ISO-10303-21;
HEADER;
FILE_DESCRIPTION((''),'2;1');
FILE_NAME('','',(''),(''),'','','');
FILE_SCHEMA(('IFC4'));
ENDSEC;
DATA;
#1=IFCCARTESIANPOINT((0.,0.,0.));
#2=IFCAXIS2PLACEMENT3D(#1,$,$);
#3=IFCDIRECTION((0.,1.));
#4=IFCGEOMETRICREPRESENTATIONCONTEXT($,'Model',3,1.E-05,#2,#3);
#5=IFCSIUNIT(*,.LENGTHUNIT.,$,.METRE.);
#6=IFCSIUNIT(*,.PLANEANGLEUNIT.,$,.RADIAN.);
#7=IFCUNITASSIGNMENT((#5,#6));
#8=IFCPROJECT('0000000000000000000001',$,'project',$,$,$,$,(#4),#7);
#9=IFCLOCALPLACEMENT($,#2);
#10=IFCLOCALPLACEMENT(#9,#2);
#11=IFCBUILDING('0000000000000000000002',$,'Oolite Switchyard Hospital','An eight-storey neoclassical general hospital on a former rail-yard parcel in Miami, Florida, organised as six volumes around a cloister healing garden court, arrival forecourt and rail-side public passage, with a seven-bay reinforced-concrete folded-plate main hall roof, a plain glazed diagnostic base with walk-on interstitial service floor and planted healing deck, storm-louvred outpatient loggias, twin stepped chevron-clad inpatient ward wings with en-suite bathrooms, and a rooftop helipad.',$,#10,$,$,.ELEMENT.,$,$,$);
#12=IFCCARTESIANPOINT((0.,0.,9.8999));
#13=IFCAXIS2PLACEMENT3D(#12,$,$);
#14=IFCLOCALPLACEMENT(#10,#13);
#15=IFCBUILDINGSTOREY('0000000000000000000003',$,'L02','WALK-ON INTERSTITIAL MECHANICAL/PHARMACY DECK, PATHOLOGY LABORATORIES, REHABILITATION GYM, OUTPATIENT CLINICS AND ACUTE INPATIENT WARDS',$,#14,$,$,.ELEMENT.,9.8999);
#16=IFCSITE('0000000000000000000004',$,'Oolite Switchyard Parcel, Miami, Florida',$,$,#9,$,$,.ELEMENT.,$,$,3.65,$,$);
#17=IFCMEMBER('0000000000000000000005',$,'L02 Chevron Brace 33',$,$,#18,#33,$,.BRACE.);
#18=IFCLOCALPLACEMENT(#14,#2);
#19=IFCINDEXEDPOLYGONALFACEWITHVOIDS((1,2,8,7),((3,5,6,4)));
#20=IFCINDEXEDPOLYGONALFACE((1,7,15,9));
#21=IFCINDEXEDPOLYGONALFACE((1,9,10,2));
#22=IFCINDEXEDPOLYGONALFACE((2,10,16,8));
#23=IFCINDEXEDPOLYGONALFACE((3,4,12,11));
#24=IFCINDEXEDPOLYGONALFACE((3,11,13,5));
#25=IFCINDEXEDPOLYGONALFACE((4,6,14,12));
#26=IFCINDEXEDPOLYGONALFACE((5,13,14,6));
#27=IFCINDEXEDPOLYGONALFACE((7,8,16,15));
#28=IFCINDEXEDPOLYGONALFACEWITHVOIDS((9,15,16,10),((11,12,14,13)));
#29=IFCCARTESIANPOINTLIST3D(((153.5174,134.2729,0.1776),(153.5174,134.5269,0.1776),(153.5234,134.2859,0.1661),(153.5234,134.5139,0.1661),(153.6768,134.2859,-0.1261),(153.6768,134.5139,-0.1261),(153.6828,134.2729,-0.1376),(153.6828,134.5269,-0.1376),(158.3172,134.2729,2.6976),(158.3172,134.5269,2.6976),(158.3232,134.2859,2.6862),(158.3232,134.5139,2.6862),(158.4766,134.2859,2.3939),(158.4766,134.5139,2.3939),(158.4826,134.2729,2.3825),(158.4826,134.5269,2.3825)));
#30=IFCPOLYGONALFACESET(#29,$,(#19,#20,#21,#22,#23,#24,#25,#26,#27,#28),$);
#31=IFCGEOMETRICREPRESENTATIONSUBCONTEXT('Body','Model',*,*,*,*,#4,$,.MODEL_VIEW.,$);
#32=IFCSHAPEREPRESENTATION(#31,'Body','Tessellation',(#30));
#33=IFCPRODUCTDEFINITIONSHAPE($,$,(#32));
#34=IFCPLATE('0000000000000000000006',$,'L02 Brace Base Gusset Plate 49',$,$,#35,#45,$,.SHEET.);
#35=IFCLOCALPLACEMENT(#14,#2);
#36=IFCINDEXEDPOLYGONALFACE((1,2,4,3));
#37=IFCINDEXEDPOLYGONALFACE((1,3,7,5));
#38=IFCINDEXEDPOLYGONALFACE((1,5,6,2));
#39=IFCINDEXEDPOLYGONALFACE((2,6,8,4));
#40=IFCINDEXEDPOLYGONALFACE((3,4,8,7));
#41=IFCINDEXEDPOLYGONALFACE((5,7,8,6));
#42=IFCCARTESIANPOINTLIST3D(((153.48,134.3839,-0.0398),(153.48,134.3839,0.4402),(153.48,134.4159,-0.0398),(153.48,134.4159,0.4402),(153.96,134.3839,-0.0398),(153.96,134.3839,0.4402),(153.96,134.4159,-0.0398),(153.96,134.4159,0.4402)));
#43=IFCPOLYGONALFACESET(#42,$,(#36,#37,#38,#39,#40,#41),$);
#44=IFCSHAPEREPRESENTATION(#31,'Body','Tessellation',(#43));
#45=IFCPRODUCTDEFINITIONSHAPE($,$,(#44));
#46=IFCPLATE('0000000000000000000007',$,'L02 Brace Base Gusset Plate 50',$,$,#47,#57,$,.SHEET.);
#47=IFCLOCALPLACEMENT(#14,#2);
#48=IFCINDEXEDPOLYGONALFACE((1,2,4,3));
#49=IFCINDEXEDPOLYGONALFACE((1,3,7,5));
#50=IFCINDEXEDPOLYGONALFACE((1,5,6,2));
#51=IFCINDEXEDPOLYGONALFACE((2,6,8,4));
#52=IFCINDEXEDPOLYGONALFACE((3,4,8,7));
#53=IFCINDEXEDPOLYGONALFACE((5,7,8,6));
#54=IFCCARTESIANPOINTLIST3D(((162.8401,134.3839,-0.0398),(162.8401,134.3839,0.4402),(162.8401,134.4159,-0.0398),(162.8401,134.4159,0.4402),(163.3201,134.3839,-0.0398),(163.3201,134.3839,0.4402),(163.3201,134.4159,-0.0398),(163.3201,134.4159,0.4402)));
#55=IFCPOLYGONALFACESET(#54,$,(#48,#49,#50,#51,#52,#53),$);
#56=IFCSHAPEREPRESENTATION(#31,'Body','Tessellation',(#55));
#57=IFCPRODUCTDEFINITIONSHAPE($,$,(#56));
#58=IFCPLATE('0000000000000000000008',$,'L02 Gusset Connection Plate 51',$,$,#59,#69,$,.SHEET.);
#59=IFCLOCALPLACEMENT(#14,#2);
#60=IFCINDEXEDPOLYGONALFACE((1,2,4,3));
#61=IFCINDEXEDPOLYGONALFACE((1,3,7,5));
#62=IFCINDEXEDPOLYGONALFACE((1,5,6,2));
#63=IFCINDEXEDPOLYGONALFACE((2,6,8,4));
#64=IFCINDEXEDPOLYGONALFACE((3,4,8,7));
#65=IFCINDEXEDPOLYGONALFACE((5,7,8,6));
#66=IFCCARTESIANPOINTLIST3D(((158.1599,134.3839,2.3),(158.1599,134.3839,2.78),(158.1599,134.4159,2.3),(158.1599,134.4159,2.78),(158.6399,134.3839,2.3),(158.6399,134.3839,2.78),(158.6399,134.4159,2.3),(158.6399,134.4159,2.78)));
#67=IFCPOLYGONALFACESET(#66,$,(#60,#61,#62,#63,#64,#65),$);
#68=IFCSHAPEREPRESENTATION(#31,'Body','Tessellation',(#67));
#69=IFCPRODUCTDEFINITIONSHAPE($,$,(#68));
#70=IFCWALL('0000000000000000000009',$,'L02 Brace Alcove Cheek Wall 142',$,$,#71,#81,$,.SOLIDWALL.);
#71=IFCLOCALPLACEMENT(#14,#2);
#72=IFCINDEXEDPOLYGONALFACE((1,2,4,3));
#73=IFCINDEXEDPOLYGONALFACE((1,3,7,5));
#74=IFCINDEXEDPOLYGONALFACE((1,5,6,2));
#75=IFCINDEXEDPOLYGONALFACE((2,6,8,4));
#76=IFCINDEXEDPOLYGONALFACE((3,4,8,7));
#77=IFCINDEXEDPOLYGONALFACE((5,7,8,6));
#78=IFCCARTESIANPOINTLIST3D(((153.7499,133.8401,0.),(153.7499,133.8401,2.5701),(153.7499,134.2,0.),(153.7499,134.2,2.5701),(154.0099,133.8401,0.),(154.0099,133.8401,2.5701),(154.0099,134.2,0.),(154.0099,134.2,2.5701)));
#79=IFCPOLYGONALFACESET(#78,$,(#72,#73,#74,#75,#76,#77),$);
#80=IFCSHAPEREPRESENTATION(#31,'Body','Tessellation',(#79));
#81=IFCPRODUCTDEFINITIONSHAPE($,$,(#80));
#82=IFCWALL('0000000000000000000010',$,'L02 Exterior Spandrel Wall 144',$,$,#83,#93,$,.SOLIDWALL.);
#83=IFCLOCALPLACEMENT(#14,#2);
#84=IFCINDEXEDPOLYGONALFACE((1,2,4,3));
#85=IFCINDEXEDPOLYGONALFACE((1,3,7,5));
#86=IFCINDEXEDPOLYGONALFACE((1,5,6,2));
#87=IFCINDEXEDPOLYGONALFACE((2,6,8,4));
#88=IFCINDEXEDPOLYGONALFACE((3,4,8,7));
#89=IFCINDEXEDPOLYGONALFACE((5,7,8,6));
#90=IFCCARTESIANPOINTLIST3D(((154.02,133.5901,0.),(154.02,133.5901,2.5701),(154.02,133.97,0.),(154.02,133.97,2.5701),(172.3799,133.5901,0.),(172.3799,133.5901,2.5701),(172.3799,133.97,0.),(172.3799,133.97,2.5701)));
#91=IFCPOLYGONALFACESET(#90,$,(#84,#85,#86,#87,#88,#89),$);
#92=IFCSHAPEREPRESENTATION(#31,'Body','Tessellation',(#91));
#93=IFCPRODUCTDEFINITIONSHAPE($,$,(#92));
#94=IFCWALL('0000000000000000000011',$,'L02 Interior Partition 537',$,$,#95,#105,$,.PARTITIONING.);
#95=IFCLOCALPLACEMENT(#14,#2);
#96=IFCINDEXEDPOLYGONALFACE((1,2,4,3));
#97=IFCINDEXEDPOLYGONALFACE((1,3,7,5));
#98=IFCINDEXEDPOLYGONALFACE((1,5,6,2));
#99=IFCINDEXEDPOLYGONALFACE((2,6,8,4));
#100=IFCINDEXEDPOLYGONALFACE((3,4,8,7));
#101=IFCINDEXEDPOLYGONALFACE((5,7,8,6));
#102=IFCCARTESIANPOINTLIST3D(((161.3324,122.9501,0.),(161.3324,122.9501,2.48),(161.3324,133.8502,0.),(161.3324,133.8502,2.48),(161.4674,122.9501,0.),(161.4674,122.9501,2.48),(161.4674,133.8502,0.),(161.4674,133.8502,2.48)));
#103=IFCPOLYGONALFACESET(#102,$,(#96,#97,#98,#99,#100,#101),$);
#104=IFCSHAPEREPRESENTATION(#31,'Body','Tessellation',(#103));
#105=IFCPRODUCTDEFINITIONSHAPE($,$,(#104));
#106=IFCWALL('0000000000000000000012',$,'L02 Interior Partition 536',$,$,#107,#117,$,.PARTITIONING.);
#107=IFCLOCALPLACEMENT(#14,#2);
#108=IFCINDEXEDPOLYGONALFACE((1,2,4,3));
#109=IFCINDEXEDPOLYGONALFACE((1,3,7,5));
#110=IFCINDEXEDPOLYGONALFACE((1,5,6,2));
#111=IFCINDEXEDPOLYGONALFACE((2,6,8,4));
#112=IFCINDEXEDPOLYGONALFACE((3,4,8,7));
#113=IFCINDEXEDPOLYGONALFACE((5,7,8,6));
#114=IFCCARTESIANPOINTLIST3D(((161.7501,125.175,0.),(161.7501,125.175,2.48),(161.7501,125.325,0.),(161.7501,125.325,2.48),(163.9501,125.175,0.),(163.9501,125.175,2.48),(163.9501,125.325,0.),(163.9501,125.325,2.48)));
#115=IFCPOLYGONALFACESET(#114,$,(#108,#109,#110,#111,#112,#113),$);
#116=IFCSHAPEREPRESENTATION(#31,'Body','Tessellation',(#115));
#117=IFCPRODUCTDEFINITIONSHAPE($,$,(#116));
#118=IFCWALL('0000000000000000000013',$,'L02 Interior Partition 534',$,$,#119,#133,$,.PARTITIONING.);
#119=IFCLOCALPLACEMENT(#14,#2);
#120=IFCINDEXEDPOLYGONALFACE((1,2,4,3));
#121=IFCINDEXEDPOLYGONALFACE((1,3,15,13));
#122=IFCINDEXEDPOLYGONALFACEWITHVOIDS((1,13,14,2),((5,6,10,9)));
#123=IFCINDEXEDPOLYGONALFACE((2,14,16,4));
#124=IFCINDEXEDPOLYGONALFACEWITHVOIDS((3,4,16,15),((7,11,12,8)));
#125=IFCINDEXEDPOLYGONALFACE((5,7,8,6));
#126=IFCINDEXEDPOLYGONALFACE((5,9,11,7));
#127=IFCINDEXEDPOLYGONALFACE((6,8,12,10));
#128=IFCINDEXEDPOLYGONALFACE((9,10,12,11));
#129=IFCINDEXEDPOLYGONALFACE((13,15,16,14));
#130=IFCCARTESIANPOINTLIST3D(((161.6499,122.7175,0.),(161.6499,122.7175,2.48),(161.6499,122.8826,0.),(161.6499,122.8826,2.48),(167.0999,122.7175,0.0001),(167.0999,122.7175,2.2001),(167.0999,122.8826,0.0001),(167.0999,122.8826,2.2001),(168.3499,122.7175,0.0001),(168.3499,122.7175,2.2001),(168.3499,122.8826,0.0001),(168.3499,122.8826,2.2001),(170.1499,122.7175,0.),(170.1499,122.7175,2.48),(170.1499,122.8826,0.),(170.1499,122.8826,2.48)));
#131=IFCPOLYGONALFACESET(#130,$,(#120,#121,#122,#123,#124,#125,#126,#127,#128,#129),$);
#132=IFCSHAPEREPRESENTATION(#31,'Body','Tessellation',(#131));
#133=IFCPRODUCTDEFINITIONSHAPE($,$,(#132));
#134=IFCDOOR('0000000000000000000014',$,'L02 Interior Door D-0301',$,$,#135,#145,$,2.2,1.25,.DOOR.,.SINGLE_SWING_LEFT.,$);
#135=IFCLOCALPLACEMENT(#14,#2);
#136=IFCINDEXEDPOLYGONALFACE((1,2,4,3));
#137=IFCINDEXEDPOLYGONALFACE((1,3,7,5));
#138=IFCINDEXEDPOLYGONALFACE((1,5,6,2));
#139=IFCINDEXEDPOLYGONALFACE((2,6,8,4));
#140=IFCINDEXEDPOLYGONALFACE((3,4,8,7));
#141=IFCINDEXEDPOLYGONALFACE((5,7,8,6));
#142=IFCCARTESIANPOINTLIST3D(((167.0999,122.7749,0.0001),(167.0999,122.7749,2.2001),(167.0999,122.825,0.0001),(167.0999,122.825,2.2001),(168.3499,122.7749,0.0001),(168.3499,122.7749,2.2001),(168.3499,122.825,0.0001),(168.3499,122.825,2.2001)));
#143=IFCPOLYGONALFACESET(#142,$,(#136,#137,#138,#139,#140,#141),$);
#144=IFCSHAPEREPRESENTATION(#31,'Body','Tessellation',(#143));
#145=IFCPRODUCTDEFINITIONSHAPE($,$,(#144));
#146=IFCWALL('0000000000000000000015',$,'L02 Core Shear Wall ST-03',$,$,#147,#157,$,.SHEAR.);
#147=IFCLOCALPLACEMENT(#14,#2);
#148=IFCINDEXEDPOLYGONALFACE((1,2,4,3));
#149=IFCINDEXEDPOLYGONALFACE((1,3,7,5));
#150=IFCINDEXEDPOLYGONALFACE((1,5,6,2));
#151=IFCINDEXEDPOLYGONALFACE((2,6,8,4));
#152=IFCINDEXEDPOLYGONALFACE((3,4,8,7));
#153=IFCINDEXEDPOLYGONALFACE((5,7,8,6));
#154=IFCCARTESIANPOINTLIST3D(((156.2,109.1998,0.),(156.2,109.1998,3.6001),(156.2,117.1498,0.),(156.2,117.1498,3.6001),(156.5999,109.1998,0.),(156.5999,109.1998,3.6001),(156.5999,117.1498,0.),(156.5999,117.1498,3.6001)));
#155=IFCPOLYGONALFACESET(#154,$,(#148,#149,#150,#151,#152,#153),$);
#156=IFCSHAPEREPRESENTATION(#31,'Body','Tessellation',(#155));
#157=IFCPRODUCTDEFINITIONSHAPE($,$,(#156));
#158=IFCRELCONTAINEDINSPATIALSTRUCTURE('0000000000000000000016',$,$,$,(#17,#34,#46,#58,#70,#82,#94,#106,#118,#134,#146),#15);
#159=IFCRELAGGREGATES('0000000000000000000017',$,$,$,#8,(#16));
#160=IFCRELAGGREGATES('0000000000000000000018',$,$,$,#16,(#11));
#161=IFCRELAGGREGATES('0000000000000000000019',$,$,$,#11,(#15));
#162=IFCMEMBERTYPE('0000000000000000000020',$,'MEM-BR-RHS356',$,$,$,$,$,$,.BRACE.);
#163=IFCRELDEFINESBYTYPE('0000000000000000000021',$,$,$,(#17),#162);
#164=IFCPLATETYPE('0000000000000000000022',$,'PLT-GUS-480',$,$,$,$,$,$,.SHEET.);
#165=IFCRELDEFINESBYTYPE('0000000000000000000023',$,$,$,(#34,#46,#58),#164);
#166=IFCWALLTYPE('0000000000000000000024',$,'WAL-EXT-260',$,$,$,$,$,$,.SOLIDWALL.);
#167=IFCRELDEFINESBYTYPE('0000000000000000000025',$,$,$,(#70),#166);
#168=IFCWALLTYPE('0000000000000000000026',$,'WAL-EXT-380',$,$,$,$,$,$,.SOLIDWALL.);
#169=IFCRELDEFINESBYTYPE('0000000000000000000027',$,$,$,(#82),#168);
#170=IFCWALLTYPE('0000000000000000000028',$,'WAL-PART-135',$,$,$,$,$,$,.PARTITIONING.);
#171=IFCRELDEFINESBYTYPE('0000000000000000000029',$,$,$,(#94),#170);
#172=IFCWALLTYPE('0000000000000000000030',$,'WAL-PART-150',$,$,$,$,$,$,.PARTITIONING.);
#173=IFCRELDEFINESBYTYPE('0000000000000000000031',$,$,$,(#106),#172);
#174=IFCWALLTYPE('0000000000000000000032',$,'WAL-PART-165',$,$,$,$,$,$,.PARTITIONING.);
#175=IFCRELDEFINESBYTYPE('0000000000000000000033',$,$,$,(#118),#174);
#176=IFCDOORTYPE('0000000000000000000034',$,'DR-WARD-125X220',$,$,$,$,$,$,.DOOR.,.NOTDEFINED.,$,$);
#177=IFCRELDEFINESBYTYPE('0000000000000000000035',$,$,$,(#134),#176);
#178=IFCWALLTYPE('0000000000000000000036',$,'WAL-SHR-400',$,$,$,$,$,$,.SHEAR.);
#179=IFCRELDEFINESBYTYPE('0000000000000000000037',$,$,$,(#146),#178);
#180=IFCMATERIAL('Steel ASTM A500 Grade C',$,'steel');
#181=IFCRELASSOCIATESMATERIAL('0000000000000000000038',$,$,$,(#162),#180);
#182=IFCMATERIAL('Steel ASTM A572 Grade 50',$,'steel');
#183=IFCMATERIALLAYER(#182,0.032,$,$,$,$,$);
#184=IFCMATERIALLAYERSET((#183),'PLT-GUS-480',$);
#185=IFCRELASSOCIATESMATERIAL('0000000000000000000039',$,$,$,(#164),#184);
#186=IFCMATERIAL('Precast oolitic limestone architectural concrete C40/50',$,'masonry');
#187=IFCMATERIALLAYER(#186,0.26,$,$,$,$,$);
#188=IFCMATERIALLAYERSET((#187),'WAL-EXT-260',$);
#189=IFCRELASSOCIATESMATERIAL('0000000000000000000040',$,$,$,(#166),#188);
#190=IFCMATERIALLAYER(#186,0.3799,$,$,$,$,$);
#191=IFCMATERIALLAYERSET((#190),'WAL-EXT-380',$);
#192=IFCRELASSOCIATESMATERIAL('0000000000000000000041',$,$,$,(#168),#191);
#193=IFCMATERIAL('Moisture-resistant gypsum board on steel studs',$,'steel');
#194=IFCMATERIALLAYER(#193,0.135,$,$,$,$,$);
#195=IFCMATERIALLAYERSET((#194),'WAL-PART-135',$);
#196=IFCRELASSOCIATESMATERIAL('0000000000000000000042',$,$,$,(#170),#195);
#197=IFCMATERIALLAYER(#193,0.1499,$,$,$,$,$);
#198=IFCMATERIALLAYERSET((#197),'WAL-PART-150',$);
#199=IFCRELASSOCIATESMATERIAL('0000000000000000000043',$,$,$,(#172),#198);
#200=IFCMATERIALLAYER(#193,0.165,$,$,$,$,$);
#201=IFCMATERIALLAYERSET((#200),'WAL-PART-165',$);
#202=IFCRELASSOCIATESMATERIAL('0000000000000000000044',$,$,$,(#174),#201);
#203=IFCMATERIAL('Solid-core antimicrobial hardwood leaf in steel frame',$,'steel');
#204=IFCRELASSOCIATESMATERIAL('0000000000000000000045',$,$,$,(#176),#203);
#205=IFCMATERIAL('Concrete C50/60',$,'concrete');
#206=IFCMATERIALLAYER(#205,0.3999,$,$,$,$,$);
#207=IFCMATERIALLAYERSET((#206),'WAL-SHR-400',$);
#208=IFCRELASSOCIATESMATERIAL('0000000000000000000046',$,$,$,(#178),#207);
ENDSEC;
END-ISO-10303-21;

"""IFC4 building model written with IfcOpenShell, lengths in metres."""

from ifc_helpers import new_model, si_unit, direction, frame, frame_2d, origin, origin_2d, place, context, subcontext, project, spatial, rectangle, hollow_rectangle, extrude, material, layer, layer_set, material_profile, profile_set, type_object, element, fill, save


model = new_model("IFC4")

# Units and contexts
model_context = context("Model", 3, precision=1e-05, world=origin(), true_north=direction((0.0, 1.0)))
body_context = subcontext(model_context, "Body", "Model", "MODEL_VIEW")
ifc_project = project(units=[si_unit("LENGTHUNIT", "METRE"), si_unit("PLANEANGLEUNIT", "RADIAN")], contexts=[model_context])

# Site, building, storey
site_placement = place(None, origin())
site = spatial("IfcSite", under=ifc_project, at=site_placement, Name="Oolite Switchyard Parcel, Miami, Florida", CompositionType="ELEMENT", RefElevation=3.65)
building_placement = place(site_placement, origin())
building = spatial("IfcBuilding", under=site, at=building_placement, Name="Oolite Switchyard Hospital", Description="An eight-storey neoclassical general hospital on a former rail-yard parcel in Miami, Florida, organised as six volumes around a cloister healing garden court, arrival forecourt and rail-side public passage, with a seven-bay reinforced-concrete folded-plate main hall roof, a plain glazed diagnostic base with walk-on interstitial service floor and planted healing deck, storm-louvred outpatient loggias, twin stepped chevron-clad inpatient ward wings with en-suite bathrooms, and a rooftop helipad.", CompositionType="ELEMENT")
storey_placement = place(building_placement, frame((0.0, 0.0, 9.8999)))
storey = spatial("IfcBuildingStorey", under=building, at=storey_placement, Name="L02", Description="WALK-ON INTERSTITIAL MECHANICAL/PHARMACY DECK, PATHOLOGY LABORATORIES, REHABILITATION GYM, OUTPATIENT CLINICS AND ACUTE INPATIENT WARDS", CompositionType="ELEMENT", Elevation=9.8999)

# Shared definitions
ifc_material_1 = material(Name="Concrete C50/60", Category="concrete")

# Member
ifc_material_2 = material(Name="Steel ASTM A500 Grade C", Category="steel")
ifc_material_profile_1 = material_profile(ifc_material_2, hollow_rectangle(XDim=0.2539, YDim=0.356, WallThickness=0.0129, at=origin_2d()), Name="HSS356X254X13")
ifc_profile_set_1 = profile_set([ifc_material_profile_1], Name="Steel ASTM A500 Grade C")
member_type = type_object("IfcMemberType", Name="MEM-BR-RHS356", PredefinedType="BRACE", material=ifc_profile_set_1)
member_placement = place(storey_placement, frame((153.6001, 134.3999, 0.02), z_axis=(0.885389, 0.0, 0.464852), x_axis=(0.0, 1.0, 0.0)))
element("IfcMember", 1, at=member_placement, inside=storey, type_object=member_type, Name="L02 Chevron Brace 33", PredefinedType="BRACE", context=body_context, shape_type="SweptSolid", body=[
    extrude(hollow_rectangle(XDim=0.2539, YDim=0.356, WallThickness=0.0129, at=origin_2d()), origin(), (0.0, 0.0, 1.0), 5.4211),
])

# Plates
ifc_material_3 = material(Name="Steel ASTM A572 Grade 50", Category="steel")
ifc_layer_1 = layer(ifc_material_3, 0.032)
ifc_layer_set_1 = layer_set([ifc_layer_1], Name="PLT-GUS-480")
plate_type = type_object("IfcPlateType", Name="PLT-GUS-480", PredefinedType="SHEET", material=ifc_layer_set_1)
for number, where, z_axis, x_axis, name in (
    (2, (153.72, 134.3999, -0.0398), (0.0, 0.0, 1.0), (1.0, 0.0, 0.0), "L02 Brace Base Gusset Plate 49"),
    (3, (163.0801, 134.3999, -0.0398), (0.0, 0.0, 1.0), (1.0, 0.0, 0.0), "L02 Brace Base Gusset Plate 50"),
    (4, (158.3999, 134.3999, 2.3), (0.0, 0.0, 1.0), (1.0, 0.0, 0.0), "L02 Gusset Connection Plate 51"),
):
    element("IfcPlate", number, at=place(storey_placement, frame(where, z_axis=z_axis, x_axis=x_axis)), inside=storey, type_object=plate_type, Name=name, PredefinedType="SHEET", context=body_context, shape_type="SweptSolid", body=[
        extrude(rectangle(XDim=0.48, YDim=0.032, at=origin_2d()), origin(), (0.0, 0.0, 1.0), 0.48),
    ])

# Walls
ifc_material_4 = material(Name="Precast oolitic limestone architectural concrete C40/50", Category="masonry")
ifc_layer_2 = layer(ifc_material_4, 0.26)
ifc_layer_set_2 = layer_set([ifc_layer_2], Name="WAL-EXT-260")
wall_type_1 = type_object("IfcWallType", Name="WAL-EXT-260", PredefinedType="SOLIDWALL", material=ifc_layer_set_2)
wall_1_placement = place(storey_placement, frame((153.8799, 134.2, 0.0), z_axis=(0.0, 0.0, 1.0), x_axis=(0.0, -1.0, 0.0)))
element("IfcWall", 5, at=wall_1_placement, inside=storey, type_object=wall_type_1, Name="L02 Brace Alcove Cheek Wall 142", PredefinedType="SOLIDWALL", context=body_context, shape_type="SweptSolid", body=[
    extrude(rectangle(XDim=0.3599, YDim=0.26, at=frame_2d((0.1799, 0.0))), origin(), (0.0, 0.0, 1.0), 2.5701),
])
ifc_layer_3 = layer(ifc_material_4, 0.3799)
ifc_layer_set_3 = layer_set([ifc_layer_3], Name="WAL-EXT-380")
wall_type_2 = type_object("IfcWallType", Name="WAL-EXT-380", PredefinedType="SOLIDWALL", material=ifc_layer_set_3)
wall_2_placement = place(storey_placement, frame((154.02, 133.78, 0.0), z_axis=(0.0, 0.0, 1.0), x_axis=(1.0, 0.0, 0.0)))
element("IfcWall", 6, at=wall_2_placement, inside=storey, type_object=wall_type_2, Name="L02 Exterior Spandrel Wall 144", PredefinedType="SOLIDWALL", context=body_context, shape_type="SweptSolid", body=[
    extrude(rectangle(XDim=18.3599, YDim=0.3799, at=frame_2d((9.1799, 0.0))), origin(), (0.0, 0.0, 1.0), 2.5701),
])
ifc_material_5 = material(Name="Moisture-resistant gypsum board on steel studs", Category="steel")
ifc_layer_4 = layer(ifc_material_5, 0.135)
ifc_layer_set_4 = layer_set([ifc_layer_4], Name="WAL-PART-135")
wall_type_3 = type_object("IfcWallType", Name="WAL-PART-135", PredefinedType="PARTITIONING", material=ifc_layer_set_4)
wall_3_placement = place(storey_placement, frame((161.3999, 122.95, 0.0), z_axis=(0.0, 0.0, 1.0), x_axis=(0.0, 1.0, 0.0)))
element("IfcWall", 7, at=wall_3_placement, inside=storey, type_object=wall_type_3, Name="L02 Interior Partition 537", PredefinedType="PARTITIONING", context=body_context, shape_type="SweptSolid", body=[
    extrude(rectangle(XDim=10.9001, YDim=0.135, at=frame_2d((5.4502, 0.0))), origin(), (0.0, 0.0, 1.0), 2.48),
])
ifc_layer_5 = layer(ifc_material_5, 0.1499)
ifc_layer_set_5 = layer_set([ifc_layer_5], Name="WAL-PART-150")
wall_type_4 = type_object("IfcWallType", Name="WAL-PART-150", PredefinedType="PARTITIONING", material=ifc_layer_set_5)
wall_4_placement = place(storey_placement, frame((161.75, 125.25, 0.0), z_axis=(0.0, 0.0, 1.0), x_axis=(1.0, 0.0, 0.0)))
element("IfcWall", 8, at=wall_4_placement, inside=storey, type_object=wall_type_4, Name="L02 Interior Partition 536", PredefinedType="PARTITIONING", context=body_context, shape_type="SweptSolid", body=[
    extrude(rectangle(XDim=2.2, YDim=0.1499, at=frame_2d((1.1001, 0.0))), origin(), (0.0, 0.0, 1.0), 2.48),
])

# Wall, opening, door
ifc_layer_6 = layer(ifc_material_5, 0.165)
ifc_layer_set_6 = layer_set([ifc_layer_6], Name="WAL-PART-165")
wall_type_5 = type_object("IfcWallType", Name="WAL-PART-165", PredefinedType="PARTITIONING", material=ifc_layer_set_6)
wall_5_placement = place(storey_placement, frame((161.6499, 122.8, 0.0), z_axis=(0.0, 0.0, 1.0), x_axis=(1.0, 0.0, 0.0)))
wall_5 = element("IfcWall", 9, at=wall_5_placement, inside=storey, type_object=wall_type_5, Name="L02 Interior Partition 534", PredefinedType="PARTITIONING", context=body_context, shape_type="SweptSolid", body=[
    extrude(rectangle(XDim=8.5, YDim=0.165, at=frame_2d((4.25, 0.0))), origin(), (0.0, 0.0, 1.0), 2.48),
])
opening_1_placement = place(wall_5_placement, frame((5.45, 0.0, 0.0)))
opening_1 = element("IfcOpeningElement", 10, at=opening_1_placement, cuts=wall_5, PredefinedType="OPENING", context=body_context, shape_type="SweptSolid", body=[
    extrude(rectangle(XDim=1.25, YDim=2.2, at=frame_2d((0.625, 1.1001))), frame((0.0, 0.0925, 0.0), z_axis=(0.0, -1.0, 0.0), x_axis=(1.0, 0.0, 0.0)), (0.0, 0.0, 1.0), 0.1851),
])
ifc_material_6 = material(Name="Solid-core antimicrobial hardwood leaf in steel frame", Category="steel")
door_type_1 = type_object("IfcDoorType", Name="DR-WARD-125X220", OperationType="NOTDEFINED", PredefinedType="DOOR", material=ifc_material_6)
door_1_placement = place(opening_1_placement, origin())
door_1 = element("IfcDoor", 11, at=door_1_placement, inside=storey, type_object=door_type_1, Name="L02 Interior Door D-0301", OperationType="SINGLE_SWING_LEFT", OverallHeight=2.2, OverallWidth=1.25, PredefinedType="DOOR", context=body_context, shape_type="SweptSolid", body=[
    extrude(rectangle(XDim=1.25, YDim=2.2, at=frame_2d((0.625, 1.1001))), frame((0.0, 0.0249, 0.0), z_axis=(0.0, -1.0, 0.0), x_axis=(1.0, 0.0, 0.0)), (0.0, 0.0, 1.0), 0.05),
])
fill(opening_1, door_1)

# Wall
ifc_layer_7 = layer(ifc_material_1, 0.3999)
ifc_layer_set_7 = layer_set([ifc_layer_7], Name="WAL-SHR-400")
wall_type_6 = type_object("IfcWallType", Name="WAL-SHR-400", PredefinedType="SHEAR", material=ifc_layer_set_7)
wall_6_placement = place(storey_placement, frame((156.3999, 117.1499, 0.0), z_axis=(0.0, 0.0, 1.0), x_axis=(0.0, -1.0, 0.0)))
element("IfcWall", 12, at=wall_6_placement, inside=storey, type_object=wall_type_6, Name="L02 Core Shear Wall ST-03", PredefinedType="SHEAR", context=body_context, shape_type="SweptSolid", body=[
    extrude(rectangle(XDim=7.95, YDim=0.3999, at=frame_2d((3.9751, 0.0))), origin(), (0.0, 0.0, 1.0), 3.6001),
])

save(model, "model.ifc")
